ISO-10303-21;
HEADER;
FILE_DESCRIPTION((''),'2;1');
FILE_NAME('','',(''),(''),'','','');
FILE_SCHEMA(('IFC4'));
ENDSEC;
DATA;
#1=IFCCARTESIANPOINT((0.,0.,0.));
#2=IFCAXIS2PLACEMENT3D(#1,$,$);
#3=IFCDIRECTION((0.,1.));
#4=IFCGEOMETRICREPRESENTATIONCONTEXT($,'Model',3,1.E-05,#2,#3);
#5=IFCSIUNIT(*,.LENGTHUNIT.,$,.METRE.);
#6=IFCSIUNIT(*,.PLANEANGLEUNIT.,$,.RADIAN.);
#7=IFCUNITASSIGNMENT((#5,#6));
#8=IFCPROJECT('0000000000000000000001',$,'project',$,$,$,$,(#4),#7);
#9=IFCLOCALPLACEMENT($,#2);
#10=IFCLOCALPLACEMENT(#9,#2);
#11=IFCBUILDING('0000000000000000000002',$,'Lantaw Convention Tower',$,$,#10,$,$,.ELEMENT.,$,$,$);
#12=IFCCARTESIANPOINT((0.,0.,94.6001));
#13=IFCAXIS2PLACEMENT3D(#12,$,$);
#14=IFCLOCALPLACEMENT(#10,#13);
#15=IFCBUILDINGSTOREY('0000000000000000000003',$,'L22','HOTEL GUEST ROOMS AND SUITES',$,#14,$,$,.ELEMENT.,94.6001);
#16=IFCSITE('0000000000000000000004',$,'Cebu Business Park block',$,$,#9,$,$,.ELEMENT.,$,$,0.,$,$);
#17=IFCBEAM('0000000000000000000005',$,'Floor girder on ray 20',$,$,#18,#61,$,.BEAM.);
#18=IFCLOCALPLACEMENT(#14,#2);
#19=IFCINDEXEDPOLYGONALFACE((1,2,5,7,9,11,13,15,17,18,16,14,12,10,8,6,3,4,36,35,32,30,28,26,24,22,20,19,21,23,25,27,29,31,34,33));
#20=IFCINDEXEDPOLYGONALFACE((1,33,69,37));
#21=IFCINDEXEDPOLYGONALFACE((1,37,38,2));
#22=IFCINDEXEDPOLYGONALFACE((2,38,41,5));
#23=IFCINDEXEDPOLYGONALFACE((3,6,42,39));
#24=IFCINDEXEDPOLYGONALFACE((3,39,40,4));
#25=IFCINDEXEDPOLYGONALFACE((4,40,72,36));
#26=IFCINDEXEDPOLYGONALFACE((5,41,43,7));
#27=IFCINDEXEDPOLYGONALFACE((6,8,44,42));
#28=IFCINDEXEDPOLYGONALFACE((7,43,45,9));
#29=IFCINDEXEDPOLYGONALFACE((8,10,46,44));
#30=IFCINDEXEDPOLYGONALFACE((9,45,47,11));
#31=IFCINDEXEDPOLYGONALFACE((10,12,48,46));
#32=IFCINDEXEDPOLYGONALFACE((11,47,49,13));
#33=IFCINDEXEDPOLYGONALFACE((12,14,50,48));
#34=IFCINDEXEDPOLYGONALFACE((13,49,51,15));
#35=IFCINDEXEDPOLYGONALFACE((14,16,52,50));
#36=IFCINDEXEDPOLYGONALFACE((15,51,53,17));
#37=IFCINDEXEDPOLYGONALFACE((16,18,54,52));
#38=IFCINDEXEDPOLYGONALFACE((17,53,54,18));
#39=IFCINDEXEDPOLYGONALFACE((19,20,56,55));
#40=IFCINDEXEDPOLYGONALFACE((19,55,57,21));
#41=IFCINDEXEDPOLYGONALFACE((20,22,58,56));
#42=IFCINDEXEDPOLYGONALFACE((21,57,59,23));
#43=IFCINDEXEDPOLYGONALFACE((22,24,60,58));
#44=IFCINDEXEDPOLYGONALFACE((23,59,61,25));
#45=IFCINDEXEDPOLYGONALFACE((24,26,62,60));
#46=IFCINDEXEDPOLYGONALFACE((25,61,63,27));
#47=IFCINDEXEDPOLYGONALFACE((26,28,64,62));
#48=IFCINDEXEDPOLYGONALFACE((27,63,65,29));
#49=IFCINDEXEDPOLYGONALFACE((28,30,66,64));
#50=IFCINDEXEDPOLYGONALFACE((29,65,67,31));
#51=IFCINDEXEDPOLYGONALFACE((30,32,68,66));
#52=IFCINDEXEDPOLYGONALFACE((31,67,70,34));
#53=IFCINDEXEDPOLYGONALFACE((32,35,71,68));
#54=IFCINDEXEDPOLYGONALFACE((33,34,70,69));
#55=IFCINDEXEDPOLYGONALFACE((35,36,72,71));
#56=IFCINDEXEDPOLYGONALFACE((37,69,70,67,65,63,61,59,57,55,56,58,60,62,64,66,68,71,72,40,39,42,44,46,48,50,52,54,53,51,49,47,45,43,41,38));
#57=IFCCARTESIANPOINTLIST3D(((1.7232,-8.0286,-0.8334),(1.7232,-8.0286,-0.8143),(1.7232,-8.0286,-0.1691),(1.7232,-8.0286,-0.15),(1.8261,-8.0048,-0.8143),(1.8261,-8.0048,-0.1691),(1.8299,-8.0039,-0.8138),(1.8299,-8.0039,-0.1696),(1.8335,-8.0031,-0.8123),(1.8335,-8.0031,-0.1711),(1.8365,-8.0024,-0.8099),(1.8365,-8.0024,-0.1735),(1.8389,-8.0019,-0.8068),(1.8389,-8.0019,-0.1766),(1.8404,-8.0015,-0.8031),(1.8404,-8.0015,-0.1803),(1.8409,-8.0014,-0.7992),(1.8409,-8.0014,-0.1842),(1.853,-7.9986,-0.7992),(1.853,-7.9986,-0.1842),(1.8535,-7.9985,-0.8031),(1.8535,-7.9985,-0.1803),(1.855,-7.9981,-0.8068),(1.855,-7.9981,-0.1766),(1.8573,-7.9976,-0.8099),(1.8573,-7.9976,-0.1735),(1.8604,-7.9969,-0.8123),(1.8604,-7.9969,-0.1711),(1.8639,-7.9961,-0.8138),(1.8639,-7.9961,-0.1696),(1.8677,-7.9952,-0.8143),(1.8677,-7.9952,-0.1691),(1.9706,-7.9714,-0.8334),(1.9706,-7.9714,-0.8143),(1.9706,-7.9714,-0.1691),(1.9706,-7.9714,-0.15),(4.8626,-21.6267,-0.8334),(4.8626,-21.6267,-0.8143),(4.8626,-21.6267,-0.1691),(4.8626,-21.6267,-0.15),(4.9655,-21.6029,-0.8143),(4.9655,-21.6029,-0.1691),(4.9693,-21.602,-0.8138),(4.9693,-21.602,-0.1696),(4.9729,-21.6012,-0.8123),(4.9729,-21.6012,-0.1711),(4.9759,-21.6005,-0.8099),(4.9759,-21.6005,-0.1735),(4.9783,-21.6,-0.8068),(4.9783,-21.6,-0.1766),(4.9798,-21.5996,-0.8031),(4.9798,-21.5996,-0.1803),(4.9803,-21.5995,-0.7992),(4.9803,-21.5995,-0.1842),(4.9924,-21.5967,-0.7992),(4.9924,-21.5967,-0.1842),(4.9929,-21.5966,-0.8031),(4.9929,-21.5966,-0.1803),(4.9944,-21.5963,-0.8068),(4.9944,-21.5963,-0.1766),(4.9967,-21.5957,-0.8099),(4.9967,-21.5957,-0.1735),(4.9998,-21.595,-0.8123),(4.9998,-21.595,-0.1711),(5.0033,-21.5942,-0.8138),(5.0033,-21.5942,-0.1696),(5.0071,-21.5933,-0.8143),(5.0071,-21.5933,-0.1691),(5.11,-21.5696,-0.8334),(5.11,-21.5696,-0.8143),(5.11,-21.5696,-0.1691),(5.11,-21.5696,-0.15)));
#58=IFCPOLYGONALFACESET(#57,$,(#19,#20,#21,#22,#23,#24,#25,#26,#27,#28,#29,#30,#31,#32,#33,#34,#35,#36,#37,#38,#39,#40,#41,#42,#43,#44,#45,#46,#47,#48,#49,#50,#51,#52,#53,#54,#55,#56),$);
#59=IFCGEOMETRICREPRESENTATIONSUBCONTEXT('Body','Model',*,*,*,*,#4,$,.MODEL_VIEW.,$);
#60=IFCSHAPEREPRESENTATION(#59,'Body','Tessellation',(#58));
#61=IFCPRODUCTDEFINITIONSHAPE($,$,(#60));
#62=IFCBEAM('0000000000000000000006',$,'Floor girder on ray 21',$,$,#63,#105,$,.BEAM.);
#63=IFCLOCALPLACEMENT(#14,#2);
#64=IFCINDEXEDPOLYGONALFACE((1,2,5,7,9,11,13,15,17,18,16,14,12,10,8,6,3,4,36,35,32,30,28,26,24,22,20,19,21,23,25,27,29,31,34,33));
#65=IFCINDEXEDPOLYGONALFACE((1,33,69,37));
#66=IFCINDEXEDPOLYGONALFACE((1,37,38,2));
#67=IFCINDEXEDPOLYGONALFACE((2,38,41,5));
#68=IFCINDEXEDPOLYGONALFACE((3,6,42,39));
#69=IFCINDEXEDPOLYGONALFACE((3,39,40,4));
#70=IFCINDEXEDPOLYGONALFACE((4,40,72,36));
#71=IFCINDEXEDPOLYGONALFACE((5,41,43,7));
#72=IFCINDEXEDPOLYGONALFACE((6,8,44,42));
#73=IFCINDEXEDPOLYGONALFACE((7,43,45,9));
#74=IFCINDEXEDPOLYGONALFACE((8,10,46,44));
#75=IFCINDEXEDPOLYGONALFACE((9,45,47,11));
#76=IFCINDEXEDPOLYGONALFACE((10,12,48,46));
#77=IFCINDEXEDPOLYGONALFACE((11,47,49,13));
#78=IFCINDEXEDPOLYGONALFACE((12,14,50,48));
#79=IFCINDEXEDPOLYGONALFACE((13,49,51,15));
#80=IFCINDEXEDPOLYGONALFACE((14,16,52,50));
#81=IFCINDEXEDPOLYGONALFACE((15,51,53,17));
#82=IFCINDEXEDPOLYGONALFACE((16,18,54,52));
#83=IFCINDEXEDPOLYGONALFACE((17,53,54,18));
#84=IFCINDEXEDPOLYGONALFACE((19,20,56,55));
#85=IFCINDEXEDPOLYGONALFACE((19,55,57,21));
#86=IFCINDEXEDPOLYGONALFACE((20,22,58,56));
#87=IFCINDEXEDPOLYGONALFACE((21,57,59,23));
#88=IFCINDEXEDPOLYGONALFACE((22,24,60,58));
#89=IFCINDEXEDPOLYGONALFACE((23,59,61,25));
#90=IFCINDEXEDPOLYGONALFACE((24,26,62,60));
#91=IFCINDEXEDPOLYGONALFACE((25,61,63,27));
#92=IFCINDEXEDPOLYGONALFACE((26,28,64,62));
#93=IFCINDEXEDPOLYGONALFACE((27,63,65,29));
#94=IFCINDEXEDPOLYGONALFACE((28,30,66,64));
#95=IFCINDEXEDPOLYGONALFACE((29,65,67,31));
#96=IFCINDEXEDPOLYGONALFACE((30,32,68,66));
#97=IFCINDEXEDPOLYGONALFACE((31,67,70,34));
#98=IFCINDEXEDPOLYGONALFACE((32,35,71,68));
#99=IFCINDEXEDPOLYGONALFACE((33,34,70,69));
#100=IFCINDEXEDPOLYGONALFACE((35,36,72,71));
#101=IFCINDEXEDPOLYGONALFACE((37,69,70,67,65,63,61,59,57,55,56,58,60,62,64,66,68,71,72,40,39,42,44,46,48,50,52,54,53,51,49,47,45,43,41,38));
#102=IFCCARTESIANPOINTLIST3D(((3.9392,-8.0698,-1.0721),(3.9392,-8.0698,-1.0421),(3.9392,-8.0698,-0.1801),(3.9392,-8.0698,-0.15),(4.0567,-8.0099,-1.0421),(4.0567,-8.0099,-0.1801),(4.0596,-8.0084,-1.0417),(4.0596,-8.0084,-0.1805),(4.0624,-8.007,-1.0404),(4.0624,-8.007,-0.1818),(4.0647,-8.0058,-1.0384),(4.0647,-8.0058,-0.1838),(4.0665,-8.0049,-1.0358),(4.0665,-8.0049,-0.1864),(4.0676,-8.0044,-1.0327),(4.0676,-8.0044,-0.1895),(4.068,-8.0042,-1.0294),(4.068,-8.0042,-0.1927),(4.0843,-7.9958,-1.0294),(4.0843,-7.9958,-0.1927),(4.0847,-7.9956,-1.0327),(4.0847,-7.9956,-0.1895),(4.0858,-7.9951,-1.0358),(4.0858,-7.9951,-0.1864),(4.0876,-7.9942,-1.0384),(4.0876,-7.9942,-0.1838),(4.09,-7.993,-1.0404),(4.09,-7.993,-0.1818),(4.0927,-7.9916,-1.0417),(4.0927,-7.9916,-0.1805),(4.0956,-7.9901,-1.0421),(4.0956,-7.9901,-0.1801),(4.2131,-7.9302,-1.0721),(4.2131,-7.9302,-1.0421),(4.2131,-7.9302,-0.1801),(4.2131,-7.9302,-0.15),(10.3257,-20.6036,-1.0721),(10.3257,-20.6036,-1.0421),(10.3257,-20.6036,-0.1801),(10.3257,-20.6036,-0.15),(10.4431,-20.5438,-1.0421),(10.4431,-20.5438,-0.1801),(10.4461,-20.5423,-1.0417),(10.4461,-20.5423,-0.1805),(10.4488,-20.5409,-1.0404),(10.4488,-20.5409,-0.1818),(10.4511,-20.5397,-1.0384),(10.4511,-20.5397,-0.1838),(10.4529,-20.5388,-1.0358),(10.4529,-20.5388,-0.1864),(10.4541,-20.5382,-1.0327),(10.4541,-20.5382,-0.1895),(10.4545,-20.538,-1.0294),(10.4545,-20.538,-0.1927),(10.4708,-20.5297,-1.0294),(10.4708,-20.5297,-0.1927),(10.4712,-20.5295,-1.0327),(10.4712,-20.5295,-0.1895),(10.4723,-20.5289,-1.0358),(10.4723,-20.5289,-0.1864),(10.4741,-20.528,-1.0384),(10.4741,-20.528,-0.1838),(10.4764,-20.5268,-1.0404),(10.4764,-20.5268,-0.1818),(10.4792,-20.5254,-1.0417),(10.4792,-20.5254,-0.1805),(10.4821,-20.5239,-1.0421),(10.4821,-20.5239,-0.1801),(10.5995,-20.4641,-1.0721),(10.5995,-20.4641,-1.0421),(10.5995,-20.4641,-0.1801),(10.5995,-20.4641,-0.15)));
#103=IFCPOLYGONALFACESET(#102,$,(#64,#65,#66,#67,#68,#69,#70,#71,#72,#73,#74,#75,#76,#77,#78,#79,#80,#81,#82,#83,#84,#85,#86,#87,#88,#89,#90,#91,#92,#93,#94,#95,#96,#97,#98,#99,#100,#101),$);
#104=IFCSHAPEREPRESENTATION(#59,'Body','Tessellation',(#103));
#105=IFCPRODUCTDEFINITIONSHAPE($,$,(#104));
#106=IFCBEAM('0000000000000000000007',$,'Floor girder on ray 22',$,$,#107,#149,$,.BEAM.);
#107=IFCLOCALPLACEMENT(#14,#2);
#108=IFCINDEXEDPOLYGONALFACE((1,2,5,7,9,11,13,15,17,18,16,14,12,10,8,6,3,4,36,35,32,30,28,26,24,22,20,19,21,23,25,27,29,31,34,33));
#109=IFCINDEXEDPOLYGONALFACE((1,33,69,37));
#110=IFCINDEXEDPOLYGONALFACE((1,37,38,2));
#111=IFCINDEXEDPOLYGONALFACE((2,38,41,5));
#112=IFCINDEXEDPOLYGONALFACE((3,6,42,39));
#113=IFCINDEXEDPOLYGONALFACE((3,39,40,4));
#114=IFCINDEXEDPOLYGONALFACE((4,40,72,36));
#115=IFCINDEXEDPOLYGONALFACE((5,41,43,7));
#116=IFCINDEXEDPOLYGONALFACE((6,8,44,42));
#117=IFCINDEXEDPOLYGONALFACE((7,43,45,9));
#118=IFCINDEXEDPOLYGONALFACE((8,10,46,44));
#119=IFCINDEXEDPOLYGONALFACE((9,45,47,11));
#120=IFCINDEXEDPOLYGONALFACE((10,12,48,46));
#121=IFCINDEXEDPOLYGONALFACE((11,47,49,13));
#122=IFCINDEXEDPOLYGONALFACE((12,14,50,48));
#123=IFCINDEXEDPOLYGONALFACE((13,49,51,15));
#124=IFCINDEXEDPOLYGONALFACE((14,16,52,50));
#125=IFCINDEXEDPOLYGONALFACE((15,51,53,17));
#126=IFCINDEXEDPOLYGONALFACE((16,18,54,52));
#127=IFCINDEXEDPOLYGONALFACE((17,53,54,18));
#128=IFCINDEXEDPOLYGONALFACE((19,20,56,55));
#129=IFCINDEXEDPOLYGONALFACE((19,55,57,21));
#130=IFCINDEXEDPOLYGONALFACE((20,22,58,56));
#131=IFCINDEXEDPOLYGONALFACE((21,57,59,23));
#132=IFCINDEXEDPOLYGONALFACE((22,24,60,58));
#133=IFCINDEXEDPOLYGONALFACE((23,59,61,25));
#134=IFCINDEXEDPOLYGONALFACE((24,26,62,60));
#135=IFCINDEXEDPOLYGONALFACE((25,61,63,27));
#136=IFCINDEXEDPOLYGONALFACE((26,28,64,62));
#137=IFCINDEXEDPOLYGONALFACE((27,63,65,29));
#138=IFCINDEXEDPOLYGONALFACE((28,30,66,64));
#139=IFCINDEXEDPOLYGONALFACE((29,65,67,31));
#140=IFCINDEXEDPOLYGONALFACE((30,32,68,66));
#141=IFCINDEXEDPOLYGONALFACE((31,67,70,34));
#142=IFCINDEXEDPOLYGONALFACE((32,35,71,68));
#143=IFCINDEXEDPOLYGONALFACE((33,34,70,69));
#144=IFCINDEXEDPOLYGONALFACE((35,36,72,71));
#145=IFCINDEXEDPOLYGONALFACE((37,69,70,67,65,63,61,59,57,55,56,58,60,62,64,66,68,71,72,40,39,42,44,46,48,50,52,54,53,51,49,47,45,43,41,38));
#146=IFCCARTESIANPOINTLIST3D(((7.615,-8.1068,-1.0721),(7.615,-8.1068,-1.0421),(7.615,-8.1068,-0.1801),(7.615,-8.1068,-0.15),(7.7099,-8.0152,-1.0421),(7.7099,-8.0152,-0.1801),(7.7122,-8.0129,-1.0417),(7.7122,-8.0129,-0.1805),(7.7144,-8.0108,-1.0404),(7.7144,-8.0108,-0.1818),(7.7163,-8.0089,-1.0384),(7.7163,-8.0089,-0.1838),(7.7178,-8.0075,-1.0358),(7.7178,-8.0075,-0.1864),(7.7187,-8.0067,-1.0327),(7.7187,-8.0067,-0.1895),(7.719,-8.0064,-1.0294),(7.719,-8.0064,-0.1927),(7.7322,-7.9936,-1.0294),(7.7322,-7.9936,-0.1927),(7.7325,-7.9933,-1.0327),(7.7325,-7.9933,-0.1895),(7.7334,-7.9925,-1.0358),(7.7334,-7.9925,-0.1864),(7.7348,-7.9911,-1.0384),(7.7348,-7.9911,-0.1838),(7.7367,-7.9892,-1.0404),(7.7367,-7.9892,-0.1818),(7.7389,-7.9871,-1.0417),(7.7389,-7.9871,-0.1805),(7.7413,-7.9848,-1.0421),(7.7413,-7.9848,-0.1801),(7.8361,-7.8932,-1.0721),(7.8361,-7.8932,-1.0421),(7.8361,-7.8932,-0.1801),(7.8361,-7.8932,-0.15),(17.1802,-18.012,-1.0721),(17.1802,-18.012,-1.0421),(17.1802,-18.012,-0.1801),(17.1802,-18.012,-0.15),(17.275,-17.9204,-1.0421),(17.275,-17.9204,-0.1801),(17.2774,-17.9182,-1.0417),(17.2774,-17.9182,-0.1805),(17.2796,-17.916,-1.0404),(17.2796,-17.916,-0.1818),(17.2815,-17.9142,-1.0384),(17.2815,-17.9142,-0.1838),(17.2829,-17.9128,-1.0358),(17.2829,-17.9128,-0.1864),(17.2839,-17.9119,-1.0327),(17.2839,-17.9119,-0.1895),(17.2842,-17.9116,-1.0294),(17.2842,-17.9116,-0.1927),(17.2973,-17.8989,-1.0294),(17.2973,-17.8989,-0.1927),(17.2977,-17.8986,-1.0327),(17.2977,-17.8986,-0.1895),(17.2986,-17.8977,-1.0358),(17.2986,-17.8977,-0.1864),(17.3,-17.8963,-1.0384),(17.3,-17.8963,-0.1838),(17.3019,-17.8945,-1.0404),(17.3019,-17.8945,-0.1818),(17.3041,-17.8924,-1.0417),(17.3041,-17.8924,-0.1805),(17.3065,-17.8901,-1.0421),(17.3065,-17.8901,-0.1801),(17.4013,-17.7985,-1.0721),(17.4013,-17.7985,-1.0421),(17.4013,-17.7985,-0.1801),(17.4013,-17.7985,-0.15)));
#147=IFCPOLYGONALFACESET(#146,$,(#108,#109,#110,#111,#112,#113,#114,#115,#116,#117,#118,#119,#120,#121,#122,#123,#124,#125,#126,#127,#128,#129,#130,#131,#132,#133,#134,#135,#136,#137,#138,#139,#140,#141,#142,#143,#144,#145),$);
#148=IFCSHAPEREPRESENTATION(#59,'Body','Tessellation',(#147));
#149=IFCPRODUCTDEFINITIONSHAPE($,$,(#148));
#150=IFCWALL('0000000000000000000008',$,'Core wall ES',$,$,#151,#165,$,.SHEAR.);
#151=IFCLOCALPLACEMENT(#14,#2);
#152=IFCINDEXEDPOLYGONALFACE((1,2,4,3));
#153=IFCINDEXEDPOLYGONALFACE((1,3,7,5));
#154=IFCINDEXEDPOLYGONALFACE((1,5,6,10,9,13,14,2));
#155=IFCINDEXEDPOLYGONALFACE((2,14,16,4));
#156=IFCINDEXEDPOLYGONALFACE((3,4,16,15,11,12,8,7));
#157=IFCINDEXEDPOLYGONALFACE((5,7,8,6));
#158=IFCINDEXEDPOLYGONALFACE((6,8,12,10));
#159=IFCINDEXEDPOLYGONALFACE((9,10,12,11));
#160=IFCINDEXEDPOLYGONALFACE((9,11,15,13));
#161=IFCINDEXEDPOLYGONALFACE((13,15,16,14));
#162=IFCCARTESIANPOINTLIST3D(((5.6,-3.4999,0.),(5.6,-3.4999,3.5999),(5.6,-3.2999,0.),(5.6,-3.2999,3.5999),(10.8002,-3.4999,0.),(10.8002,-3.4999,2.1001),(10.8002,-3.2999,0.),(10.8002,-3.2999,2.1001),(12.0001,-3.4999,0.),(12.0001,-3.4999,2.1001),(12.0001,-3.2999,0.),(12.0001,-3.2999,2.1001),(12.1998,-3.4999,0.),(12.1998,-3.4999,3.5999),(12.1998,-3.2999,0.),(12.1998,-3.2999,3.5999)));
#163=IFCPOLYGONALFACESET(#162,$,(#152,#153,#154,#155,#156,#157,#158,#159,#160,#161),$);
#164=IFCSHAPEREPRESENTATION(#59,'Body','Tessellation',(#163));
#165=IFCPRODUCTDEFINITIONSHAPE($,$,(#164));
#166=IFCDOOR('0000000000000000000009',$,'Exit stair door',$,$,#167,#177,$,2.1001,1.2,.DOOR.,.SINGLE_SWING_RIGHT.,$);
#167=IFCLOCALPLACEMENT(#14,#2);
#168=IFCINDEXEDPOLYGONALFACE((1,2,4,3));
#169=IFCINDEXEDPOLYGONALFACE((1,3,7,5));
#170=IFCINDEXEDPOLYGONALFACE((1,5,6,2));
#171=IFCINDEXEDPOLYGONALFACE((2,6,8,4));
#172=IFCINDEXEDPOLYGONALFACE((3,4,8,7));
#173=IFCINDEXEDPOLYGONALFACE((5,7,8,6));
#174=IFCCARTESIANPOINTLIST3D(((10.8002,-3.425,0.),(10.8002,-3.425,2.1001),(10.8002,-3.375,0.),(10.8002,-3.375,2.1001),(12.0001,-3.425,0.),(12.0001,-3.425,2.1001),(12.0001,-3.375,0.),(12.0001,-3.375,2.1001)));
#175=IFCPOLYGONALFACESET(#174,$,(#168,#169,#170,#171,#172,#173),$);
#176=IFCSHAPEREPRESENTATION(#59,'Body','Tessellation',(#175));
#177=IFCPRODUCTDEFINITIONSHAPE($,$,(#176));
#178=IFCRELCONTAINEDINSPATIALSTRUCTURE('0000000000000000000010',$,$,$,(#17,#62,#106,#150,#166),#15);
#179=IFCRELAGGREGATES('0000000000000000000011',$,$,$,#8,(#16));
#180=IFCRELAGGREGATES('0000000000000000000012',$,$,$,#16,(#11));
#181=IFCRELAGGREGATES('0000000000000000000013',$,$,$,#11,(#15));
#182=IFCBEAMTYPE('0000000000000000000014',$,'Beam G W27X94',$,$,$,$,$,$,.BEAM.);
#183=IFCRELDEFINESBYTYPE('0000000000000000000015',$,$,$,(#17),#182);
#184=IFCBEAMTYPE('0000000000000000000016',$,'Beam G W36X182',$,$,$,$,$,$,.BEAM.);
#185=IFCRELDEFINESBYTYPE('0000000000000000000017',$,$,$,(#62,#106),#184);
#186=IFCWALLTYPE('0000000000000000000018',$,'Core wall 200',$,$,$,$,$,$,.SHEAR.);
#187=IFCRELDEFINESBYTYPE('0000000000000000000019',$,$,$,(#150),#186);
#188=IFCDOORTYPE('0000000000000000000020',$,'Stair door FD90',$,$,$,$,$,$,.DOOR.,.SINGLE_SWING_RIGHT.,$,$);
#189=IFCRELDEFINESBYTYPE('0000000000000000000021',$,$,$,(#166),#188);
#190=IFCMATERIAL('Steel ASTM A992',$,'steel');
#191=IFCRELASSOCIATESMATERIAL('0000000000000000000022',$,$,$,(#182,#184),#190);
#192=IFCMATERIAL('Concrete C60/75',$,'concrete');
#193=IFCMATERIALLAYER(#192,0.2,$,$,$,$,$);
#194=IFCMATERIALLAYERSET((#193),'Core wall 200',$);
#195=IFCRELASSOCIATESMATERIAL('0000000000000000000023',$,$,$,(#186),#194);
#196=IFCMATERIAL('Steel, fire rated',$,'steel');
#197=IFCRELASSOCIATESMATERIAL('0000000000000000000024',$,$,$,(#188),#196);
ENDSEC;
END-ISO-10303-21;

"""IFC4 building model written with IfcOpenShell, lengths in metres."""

from ifc_helpers import new_model, si_unit, direction, frame, frame_2d, origin, origin_2d, place, context, subcontext, project, spatial, rectangle, i_section, extrude, material, layer, layer_set, material_profile, profile_set, type_object, element, fill, save


model = new_model("IFC4")

# Units and contexts
model_context = context("Model", 3, precision=1e-05, world=origin(), true_north=direction((0.0, 1.0)))
body_context = subcontext(model_context, "Body", "Model", "MODEL_VIEW")
ifc_project = project(units=[si_unit("LENGTHUNIT", "METRE"), si_unit("PLANEANGLEUNIT", "RADIAN")], contexts=[model_context])

# Site, building, storey
site_placement = place(None, origin())
site = spatial("IfcSite", under=ifc_project, at=site_placement, Name="Cebu Business Park block", CompositionType="ELEMENT", RefElevation=0.0)
building_placement = place(site_placement, origin())
building = spatial("IfcBuilding", under=site, at=building_placement, Name="Lantaw Convention Tower", CompositionType="ELEMENT")
storey_placement = place(building_placement, frame((0.0, 0.0, 94.6001)))
storey = spatial("IfcBuildingStorey", under=building, at=storey_placement, Name="L22", Description="HOTEL GUEST ROOMS AND SUITES", CompositionType="ELEMENT", Elevation=94.6001)

# Beams
ifc_material_1 = material(Name="Steel ASTM A992", Category="steel")
ifc_material_profile_1 = material_profile(ifc_material_1, i_section(OverallWidth=0.2539, OverallDepth=0.6833, WebThickness=0.0125, FlangeThickness=0.019, FilletRadius=0.0151, at=origin_2d()), Name="W27X94")
ifc_profile_set_1 = profile_set([ifc_material_profile_1], Name="Steel ASTM A992")
beam_type_1 = type_object("IfcBeamType", Name="Beam G W27X94", PredefinedType="BEAM", material=ifc_profile_set_1)
beam_1_placement = place(storey_placement, frame((1.8469, -8.0, -0.4917), z_axis=(0.224953, -0.97437, 0.0), x_axis=(0.97437, 0.224953, 0.0)))
element("IfcBeam", 1, at=beam_1_placement, inside=storey, type_object=beam_type_1, Name="Floor girder on ray 20", PredefinedType="BEAM", context=body_context, shape_type="SweptSolid", body=[
    extrude(i_section(OverallWidth=0.2539, OverallDepth=0.6833, WebThickness=0.0125, FlangeThickness=0.019, FilletRadius=0.0151, at=origin_2d()), origin(), (0.0, 0.0, 1.0), 13.9558),
])
ifc_material_profile_2 = material_profile(ifc_material_1, i_section(OverallWidth=0.3074, OverallDepth=0.9221, WebThickness=0.0183, FlangeThickness=0.03, FilletRadius=0.0127, at=origin_2d()), Name="W36X182")
ifc_profile_set_2 = profile_set([ifc_material_profile_2], Name="Steel ASTM A992")
beam_type_2 = type_object("IfcBeamType", Name="Beam G W36X182", PredefinedType="BEAM", material=ifc_profile_set_2)
beam_2_placement = place(storey_placement, frame((4.0762, -8.0, -0.6111), z_axis=(0.453997, -0.891003, 0.0), x_axis=(0.891003, 0.453997, 0.0)))
element("IfcBeam", 2, at=beam_2_placement, inside=storey, type_object=beam_type_2, Name="Floor girder on ray 21", PredefinedType="BEAM", context=body_context, shape_type="SweptSolid", body=[
    extrude(i_section(OverallWidth=0.3074, OverallDepth=0.9221, WebThickness=0.0183, FlangeThickness=0.03, FilletRadius=0.0127, at=origin_2d()), origin(), (0.0, 0.0, 1.0), 14.0671),
])
beam_3_placement = place(storey_placement, frame((7.7256, -8.0, -0.6111), z_axis=(0.69465, -0.719348, 0.0), x_axis=(0.719348, 0.69465, 0.0)))
element("IfcBeam", 3, at=beam_3_placement, inside=storey, type_object=beam_type_2, Name="Floor girder on ray 22", PredefinedType="BEAM", context=body_context, shape_type="SweptSolid", body=[
    extrude(i_section(OverallWidth=0.3074, OverallDepth=0.9221, WebThickness=0.0183, FlangeThickness=0.03, FilletRadius=0.0127, at=origin_2d()), origin(), (0.0, 0.0, 1.0), 13.7698),
])

# Wall, opening, door
ifc_material_2 = material(Name="Concrete C60/75", Category="concrete")
ifc_layer_1 = layer(ifc_material_2, 0.2)
ifc_layer_set_1 = layer_set([ifc_layer_1], Name="Core wall 200")
wall_type_1 = type_object("IfcWallType", Name="Core wall 200", PredefinedType="SHEAR", material=ifc_layer_set_1)
wall_1_placement = place(storey_placement, frame((5.6001, -3.3999, 0.0), z_axis=(0.0, 0.0, 1.0), x_axis=(1.0, 0.0, 0.0)))
wall_1 = element("IfcWall", 4, at=wall_1_placement, inside=storey, type_object=wall_type_1, Name="Core wall ES", PredefinedType="SHEAR", context=body_context, shape_type="SweptSolid", body=[
    extrude(rectangle(XDim=6.5999, YDim=0.2, at=frame_2d((3.2998, 0.0))), origin(), (0.0, 0.0, 1.0), 3.5999),
])
opening_1_placement = place(wall_1_placement, frame((5.2, 0.0, 0.0)))
opening_1 = element("IfcOpeningElement", 5, at=opening_1_placement, cuts=wall_1, PredefinedType="OPENING", context=body_context, shape_type="SweptSolid", body=[
    extrude(rectangle(XDim=1.2, YDim=2.1001, at=frame_2d((0.6001, 1.05))), frame((0.0, 0.1099, 0.0), z_axis=(0.0, -1.0, 0.0), x_axis=(1.0, 0.0, 0.0)), (0.0, 0.0, 1.0), 0.22),
])
ifc_material_3 = material(Name="Steel, fire rated", Category="steel")
door_type_1 = type_object("IfcDoorType", Name="Stair door FD90", OperationType="SINGLE_SWING_RIGHT", PredefinedType="DOOR", material=ifc_material_3)
door_1_placement = place(opening_1_placement, origin())
door_1 = element("IfcDoor", 6, at=door_1_placement, inside=storey, type_object=door_type_1, Name="Exit stair door", OperationType="SINGLE_SWING_RIGHT", OverallHeight=2.1001, OverallWidth=1.2, PredefinedType="DOOR", context=body_context, shape_type="SweptSolid", body=[
    extrude(rectangle(XDim=1.2, YDim=2.1001, at=frame_2d((0.6001, 1.05))), frame((0.0, 0.0249, 0.0), z_axis=(0.0, -1.0, 0.0), x_axis=(1.0, 0.0, 0.0)), (0.0, 0.0, 1.0), 0.05),
])
fill(opening_1, door_1)

save(model, "model.ifc")
